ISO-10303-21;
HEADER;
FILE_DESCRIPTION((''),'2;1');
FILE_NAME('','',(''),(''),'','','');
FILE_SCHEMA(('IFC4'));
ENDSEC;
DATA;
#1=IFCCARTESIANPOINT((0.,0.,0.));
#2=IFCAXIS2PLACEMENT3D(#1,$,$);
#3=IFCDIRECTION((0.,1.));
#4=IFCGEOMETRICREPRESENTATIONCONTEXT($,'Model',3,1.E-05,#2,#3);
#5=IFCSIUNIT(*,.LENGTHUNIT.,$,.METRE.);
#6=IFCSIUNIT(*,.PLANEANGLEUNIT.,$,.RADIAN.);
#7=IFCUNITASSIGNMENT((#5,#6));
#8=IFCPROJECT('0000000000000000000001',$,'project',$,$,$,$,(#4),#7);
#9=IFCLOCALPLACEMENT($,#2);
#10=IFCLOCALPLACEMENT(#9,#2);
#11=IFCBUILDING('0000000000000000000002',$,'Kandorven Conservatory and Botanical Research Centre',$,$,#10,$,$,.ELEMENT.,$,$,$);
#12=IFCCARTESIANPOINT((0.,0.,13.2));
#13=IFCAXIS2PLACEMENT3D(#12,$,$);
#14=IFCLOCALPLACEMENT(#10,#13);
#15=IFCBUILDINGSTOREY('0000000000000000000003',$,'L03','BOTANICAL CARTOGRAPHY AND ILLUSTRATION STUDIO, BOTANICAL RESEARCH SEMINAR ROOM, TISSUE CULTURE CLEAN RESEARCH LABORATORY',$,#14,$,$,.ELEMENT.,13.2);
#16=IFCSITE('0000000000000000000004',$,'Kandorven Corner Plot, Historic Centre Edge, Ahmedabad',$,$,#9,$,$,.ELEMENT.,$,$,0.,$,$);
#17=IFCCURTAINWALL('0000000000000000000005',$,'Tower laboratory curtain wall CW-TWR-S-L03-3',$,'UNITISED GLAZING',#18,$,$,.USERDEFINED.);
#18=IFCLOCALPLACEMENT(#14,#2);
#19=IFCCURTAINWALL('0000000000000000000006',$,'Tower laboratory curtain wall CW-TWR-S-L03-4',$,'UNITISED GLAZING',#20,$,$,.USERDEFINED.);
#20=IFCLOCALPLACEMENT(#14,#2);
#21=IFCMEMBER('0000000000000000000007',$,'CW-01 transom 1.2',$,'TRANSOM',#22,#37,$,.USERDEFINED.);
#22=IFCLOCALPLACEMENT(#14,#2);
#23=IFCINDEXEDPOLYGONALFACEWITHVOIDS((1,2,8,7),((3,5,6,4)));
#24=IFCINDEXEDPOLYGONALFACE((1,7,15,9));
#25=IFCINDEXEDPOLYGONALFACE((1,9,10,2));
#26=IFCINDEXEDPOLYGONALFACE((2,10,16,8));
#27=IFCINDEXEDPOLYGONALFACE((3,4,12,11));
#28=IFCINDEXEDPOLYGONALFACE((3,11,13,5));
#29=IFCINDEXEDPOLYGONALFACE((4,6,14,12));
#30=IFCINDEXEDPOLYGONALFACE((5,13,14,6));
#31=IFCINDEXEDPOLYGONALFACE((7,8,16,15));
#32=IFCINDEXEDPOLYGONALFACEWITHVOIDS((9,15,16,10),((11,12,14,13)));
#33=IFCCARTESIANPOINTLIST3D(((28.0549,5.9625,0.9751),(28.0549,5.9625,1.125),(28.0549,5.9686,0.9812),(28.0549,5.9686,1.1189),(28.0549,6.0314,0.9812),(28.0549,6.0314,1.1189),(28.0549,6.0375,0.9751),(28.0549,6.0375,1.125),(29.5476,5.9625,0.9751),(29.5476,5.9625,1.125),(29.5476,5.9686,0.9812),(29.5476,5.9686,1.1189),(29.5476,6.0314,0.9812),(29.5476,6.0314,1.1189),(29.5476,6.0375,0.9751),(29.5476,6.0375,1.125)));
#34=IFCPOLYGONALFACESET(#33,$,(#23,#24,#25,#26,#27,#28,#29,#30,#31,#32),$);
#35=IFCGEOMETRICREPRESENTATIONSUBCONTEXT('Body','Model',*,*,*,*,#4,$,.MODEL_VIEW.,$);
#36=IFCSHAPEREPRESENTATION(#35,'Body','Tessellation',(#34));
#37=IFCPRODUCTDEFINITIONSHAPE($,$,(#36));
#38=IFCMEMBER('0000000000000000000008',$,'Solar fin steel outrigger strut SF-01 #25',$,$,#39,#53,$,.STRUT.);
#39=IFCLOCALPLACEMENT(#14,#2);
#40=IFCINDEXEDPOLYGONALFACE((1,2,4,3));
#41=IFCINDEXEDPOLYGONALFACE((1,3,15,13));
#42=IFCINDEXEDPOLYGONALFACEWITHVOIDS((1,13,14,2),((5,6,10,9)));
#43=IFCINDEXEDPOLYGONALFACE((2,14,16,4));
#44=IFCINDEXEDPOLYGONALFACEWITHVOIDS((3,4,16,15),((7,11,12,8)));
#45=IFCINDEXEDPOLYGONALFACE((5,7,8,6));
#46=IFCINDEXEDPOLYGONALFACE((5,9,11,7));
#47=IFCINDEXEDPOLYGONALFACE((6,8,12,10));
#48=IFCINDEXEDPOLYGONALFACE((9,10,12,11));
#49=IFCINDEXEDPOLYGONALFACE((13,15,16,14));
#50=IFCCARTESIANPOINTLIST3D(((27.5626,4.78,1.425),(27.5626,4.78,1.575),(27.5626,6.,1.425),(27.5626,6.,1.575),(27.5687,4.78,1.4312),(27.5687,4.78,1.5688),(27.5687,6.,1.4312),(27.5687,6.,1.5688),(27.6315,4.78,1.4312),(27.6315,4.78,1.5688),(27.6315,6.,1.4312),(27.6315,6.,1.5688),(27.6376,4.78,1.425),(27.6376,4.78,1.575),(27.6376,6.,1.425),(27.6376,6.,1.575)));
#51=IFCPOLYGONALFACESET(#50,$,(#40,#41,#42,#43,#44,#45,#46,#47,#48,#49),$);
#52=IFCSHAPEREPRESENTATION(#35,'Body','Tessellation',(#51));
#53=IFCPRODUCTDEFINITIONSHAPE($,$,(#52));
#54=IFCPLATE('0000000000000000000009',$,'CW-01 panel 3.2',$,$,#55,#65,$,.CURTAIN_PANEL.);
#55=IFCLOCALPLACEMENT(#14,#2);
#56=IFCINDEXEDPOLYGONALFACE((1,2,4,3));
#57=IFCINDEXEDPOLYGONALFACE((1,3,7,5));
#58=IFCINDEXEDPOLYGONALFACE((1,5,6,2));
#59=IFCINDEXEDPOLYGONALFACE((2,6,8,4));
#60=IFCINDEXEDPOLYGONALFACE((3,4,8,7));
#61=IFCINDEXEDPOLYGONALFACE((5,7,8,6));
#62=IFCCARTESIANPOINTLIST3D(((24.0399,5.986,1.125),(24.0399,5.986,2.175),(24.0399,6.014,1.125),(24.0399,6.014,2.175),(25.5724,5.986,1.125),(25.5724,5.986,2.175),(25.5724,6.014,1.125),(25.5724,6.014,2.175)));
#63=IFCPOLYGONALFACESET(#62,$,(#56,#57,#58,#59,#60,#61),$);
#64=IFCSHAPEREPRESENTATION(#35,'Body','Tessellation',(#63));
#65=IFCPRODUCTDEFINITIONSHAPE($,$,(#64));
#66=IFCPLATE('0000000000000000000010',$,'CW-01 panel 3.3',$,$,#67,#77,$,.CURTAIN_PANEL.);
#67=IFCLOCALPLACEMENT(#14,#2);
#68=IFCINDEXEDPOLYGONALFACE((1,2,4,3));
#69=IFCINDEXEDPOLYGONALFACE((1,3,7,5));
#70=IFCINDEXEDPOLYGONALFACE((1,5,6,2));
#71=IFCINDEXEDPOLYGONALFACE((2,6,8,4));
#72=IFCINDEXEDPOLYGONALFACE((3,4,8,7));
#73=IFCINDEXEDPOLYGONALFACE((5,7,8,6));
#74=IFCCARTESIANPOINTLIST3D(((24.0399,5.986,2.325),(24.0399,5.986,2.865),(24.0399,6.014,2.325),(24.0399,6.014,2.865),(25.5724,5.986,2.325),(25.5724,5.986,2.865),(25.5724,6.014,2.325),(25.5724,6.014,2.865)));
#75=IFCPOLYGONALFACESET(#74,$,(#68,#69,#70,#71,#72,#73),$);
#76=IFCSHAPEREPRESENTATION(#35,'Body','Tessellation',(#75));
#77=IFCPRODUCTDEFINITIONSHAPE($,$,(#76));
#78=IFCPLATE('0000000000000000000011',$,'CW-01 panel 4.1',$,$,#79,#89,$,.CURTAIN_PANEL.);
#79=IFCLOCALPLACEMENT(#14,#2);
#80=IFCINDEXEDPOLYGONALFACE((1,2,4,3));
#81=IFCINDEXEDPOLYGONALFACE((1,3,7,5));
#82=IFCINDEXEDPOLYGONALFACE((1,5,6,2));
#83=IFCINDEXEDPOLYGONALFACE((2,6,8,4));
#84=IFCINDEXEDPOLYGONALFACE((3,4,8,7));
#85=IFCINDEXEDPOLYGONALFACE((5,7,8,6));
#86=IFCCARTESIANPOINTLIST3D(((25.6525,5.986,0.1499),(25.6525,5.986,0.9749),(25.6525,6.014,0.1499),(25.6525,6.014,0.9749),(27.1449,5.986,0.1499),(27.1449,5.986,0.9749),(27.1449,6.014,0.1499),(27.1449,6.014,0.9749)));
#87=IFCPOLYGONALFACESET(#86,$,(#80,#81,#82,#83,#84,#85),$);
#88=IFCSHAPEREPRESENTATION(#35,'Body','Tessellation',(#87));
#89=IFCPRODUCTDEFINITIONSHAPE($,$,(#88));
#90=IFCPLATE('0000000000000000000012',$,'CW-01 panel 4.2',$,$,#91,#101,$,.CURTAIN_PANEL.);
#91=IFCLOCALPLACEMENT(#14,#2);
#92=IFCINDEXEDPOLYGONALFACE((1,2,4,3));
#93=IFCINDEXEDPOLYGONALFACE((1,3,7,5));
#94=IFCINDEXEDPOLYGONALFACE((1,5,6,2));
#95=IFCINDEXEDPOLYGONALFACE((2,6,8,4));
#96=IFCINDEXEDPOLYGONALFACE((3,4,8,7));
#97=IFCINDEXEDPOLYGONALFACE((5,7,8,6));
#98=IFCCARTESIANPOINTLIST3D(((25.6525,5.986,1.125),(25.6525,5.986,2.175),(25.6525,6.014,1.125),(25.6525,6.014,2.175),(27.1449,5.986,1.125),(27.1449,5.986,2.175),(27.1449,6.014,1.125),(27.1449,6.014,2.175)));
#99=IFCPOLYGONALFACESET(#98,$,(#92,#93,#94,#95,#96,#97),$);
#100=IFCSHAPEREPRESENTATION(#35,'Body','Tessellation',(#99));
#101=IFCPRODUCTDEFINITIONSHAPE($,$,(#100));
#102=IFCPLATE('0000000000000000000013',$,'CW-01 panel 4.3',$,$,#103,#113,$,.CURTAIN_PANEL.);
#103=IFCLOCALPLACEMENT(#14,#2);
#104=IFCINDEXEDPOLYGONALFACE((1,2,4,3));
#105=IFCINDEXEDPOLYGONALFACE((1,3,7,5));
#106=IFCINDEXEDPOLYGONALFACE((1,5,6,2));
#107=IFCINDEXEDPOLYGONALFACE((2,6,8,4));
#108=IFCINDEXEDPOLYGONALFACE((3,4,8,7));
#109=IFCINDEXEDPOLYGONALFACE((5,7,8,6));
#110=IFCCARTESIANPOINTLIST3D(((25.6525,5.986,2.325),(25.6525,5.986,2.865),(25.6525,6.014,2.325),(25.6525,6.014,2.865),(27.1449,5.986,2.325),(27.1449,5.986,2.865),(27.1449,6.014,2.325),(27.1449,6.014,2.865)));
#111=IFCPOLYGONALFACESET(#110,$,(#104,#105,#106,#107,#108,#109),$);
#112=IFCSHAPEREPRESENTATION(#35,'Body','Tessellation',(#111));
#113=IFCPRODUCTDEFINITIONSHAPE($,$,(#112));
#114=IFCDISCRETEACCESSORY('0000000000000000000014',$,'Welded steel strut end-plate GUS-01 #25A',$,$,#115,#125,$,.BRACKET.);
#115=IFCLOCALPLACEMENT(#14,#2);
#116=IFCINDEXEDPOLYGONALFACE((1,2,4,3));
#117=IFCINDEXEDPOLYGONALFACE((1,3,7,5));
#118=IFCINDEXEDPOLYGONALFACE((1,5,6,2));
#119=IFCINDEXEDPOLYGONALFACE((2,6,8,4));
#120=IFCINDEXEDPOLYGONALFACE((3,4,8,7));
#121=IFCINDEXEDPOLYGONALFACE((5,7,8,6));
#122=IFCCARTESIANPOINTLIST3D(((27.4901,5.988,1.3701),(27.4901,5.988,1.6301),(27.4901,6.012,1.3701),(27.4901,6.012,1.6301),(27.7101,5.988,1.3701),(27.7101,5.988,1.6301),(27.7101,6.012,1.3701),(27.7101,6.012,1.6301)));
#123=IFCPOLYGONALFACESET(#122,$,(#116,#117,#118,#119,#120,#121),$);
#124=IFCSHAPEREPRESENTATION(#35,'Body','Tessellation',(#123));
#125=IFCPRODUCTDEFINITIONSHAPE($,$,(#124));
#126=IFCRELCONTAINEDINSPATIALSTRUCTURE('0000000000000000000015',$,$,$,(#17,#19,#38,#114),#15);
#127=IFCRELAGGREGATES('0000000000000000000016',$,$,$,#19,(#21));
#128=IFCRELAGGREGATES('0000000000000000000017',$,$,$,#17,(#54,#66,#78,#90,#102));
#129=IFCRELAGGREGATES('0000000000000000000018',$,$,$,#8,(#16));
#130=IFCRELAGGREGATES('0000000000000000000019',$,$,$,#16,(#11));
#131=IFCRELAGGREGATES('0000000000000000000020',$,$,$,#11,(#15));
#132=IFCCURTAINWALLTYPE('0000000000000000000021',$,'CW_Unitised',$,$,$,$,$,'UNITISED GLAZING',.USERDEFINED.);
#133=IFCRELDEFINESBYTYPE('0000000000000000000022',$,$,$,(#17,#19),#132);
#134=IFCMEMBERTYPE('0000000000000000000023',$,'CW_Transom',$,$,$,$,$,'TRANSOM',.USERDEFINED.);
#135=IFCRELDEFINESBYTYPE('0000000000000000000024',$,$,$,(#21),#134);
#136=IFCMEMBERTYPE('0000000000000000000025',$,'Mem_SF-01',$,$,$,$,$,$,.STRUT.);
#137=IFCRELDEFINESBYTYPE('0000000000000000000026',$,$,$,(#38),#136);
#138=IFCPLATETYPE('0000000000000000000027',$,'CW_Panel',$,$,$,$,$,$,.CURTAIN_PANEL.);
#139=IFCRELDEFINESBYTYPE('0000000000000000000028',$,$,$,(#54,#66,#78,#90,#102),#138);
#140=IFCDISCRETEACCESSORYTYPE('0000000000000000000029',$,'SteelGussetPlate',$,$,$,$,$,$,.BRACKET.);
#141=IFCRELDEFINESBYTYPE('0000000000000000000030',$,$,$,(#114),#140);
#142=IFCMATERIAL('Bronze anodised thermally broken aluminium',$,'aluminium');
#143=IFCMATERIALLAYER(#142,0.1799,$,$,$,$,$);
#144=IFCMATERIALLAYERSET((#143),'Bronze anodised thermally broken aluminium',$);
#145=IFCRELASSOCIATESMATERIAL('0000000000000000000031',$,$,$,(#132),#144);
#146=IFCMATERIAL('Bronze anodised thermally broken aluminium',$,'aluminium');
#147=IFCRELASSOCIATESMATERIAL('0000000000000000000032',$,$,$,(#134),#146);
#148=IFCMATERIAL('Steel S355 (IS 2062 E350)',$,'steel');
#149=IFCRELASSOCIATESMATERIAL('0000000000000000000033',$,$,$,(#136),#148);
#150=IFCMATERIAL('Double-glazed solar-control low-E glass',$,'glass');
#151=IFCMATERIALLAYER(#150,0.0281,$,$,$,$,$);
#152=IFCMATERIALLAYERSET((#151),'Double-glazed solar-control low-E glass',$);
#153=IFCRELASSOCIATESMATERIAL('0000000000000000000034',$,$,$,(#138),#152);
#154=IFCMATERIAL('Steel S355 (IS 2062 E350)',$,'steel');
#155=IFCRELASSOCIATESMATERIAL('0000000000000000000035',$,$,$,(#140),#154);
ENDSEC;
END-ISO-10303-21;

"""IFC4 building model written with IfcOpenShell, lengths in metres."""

from ifc_helpers import new_model, si_unit, direction, frame, origin, origin_2d, place, context, subcontext, project, spatial, rectangle, hollow_rectangle, extrude, material, layer, layer_set, material_profile, profile_set, type_object, element, aggregate, save


model = new_model("IFC4")

# Units and contexts
model_context = context("Model", 3, precision=1e-05, world=origin(), true_north=direction((0.0, 1.0)))
body_context = subcontext(model_context, "Body", "Model", "MODEL_VIEW")
ifc_project = project(units=[si_unit("LENGTHUNIT", "METRE"), si_unit("PLANEANGLEUNIT", "RADIAN")], contexts=[model_context])

# Site, building, storey
site_placement = place(None, origin())
site = spatial("IfcSite", under=ifc_project, at=site_placement, Name="Kandorven Corner Plot, Historic Centre Edge, Ahmedabad", CompositionType="ELEMENT", RefElevation=0.0)
building_placement = place(site_placement, origin())
building = spatial("IfcBuilding", under=site, at=building_placement, Name="Kandorven Conservatory and Botanical Research Centre", CompositionType="ELEMENT")
storey_placement = place(building_placement, frame((0.0, 0.0, 13.2)))
storey = spatial("IfcBuildingStorey", under=building, at=storey_placement, Name="L03", Description="BOTANICAL CARTOGRAPHY AND ILLUSTRATION STUDIO, BOTANICAL RESEARCH SEMINAR ROOM, TISSUE CULTURE CLEAN RESEARCH LABORATORY", CompositionType="ELEMENT", Elevation=13.2)

# Curtain wall
ifc_material_1 = material(Name="Bronze anodised thermally broken aluminium", Category="aluminium")
ifc_layer_1 = layer(ifc_material_1, 0.1799)
ifc_layer_set_1 = layer_set([ifc_layer_1], Name="Bronze anodised thermally broken aluminium")
curtain_wall_type = type_object("IfcCurtainWallType", Name="CW_Unitised", ElementType="UNITISED GLAZING", PredefinedType="USERDEFINED", material=ifc_layer_set_1)
curtain_wall_1_placement = place(storey_placement, origin())
curtain_wall_1 = element("IfcCurtainWall", 1, at=curtain_wall_1_placement, inside=storey, type_object=curtain_wall_type, Name="Tower laboratory curtain wall CW-TWR-S-L03-3", ObjectType="UNITISED GLAZING", PredefinedType="USERDEFINED")

# Curtain wall
curtain_wall_2_placement = place(storey_placement, origin())
curtain_wall_2 = element("IfcCurtainWall", 2, at=curtain_wall_2_placement, inside=storey, type_object=curtain_wall_type, Name="Tower laboratory curtain wall CW-TWR-S-L03-4", ObjectType="UNITISED GLAZING", PredefinedType="USERDEFINED")

# Members
ifc_material_2 = material(Name="Bronze anodised thermally broken aluminium", Category="aluminium")
ifc_material_profile_1 = material_profile(ifc_material_2, hollow_rectangle(XDim=0.075, YDim=0.1499, WallThickness=0.0061, at=origin_2d()))
ifc_profile_set_1 = profile_set([ifc_material_profile_1], Name="Bronze anodised thermally broken aluminium")
member_type_1 = type_object("IfcMemberType", Name="CW_Transom", ElementType="TRANSOM", PredefinedType="USERDEFINED", material=ifc_profile_set_1)
member_1_placement = place(storey_placement, frame((28.0549, 6.0, 1.05), z_axis=(1.0, 0.0, 0.0), x_axis=(0.0, 1.0, 0.0)))
member_1 = element("IfcMember", 3, at=member_1_placement, type_object=member_type_1, Name="CW-01 transom 1.2", ObjectType="TRANSOM", PredefinedType="USERDEFINED", context=body_context, shape_type="SweptSolid", body=[
    extrude(hollow_rectangle(XDim=0.075, YDim=0.1499, WallThickness=0.0061, at=origin_2d()), origin(), (0.0, 0.0, 1.0), 1.4927),
])
aggregate(curtain_wall_2, [member_1])
ifc_material_3 = material(Name="Steel S355 (IS 2062 E350)", Category="steel")
ifc_material_profile_2 = material_profile(ifc_material_3, hollow_rectangle(XDim=0.075, YDim=0.1499, WallThickness=0.0061, at=origin_2d()))
ifc_profile_set_2 = profile_set([ifc_material_profile_2], Name="Steel S355 (IS 2062 E350)")
member_type_2 = type_object("IfcMemberType", Name="Mem_SF-01", PredefinedType="STRUT", material=ifc_profile_set_2)
member_2_placement = place(storey_placement, frame((27.6001, 6.0, 1.5), z_axis=(0.0, -1.0, 0.0), x_axis=(1.0, 0.0, 0.0)))
element("IfcMember", 4, at=member_2_placement, inside=storey, type_object=member_type_2, Name="Solar fin steel outrigger strut SF-01 #25", PredefinedType="STRUT", context=body_context, shape_type="SweptSolid", body=[
    extrude(hollow_rectangle(XDim=0.075, YDim=0.1499, WallThickness=0.0061, at=origin_2d()), origin(), (0.0, 0.0, 1.0), 1.22),
])

# Plates
ifc_material_4 = material(Name="Double-glazed solar-control low-E glass", Category="glass")
ifc_layer_2 = layer(ifc_material_4, 0.0281)
ifc_layer_set_2 = layer_set([ifc_layer_2], Name="Double-glazed solar-control low-E glass")
plate_type = type_object("IfcPlateType", Name="CW_Panel", PredefinedType="CURTAIN_PANEL", material=ifc_layer_set_2)
plate_1_placement = place(storey_placement, frame((24.8062, 6.0, 1.125), z_axis=(0.0, 0.0, 1.0), x_axis=(1.0, 0.0, 0.0)))
plate_1 = element("IfcPlate", 5, at=plate_1_placement, type_object=plate_type, Name="CW-01 panel 3.2", PredefinedType="CURTAIN_PANEL", context=body_context, shape_type="SweptSolid", body=[
    extrude(rectangle(XDim=1.5325, YDim=0.0281, at=origin_2d()), origin(), (0.0, 0.0, 1.0), 1.05),
])
plate_2_placement = place(storey_placement, frame((24.8062, 6.0, 2.325), z_axis=(0.0, 0.0, 1.0), x_axis=(1.0, 0.0, 0.0)))
plate_2 = element("IfcPlate", 6, at=plate_2_placement, type_object=plate_type, Name="CW-01 panel 3.3", PredefinedType="CURTAIN_PANEL", context=body_context, shape_type="SweptSolid", body=[
    extrude(rectangle(XDim=1.5325, YDim=0.0281, at=origin_2d()), origin(), (0.0, 0.0, 1.0), 0.54),
])
plate_3_placement = place(storey_placement, frame((26.3987, 6.0, 0.1499), z_axis=(0.0, 0.0, 1.0), x_axis=(1.0, 0.0, 0.0)))
plate_3 = element("IfcPlate", 7, at=plate_3_placement, type_object=plate_type, Name="CW-01 panel 4.1", PredefinedType="CURTAIN_PANEL", context=body_context, shape_type="SweptSolid", body=[
    extrude(rectangle(XDim=1.4924, YDim=0.0281, at=origin_2d()), origin(), (0.0, 0.0, 1.0), 0.825),
])
plate_4_placement = place(storey_placement, frame((26.3987, 6.0, 1.125), z_axis=(0.0, 0.0, 1.0), x_axis=(1.0, 0.0, 0.0)))
plate_4 = element("IfcPlate", 8, at=plate_4_placement, type_object=plate_type, Name="CW-01 panel 4.2", PredefinedType="CURTAIN_PANEL", context=body_context, shape_type="SweptSolid", body=[
    extrude(rectangle(XDim=1.4924, YDim=0.0281, at=origin_2d()), origin(), (0.0, 0.0, 1.0), 1.05),
])
plate_5_placement = place(storey_placement, frame((26.3987, 6.0, 2.325), z_axis=(0.0, 0.0, 1.0), x_axis=(1.0, 0.0, 0.0)))
plate_5 = element("IfcPlate", 9, at=plate_5_placement, type_object=plate_type, Name="CW-01 panel 4.3", PredefinedType="CURTAIN_PANEL", context=body_context, shape_type="SweptSolid", body=[
    extrude(rectangle(XDim=1.4924, YDim=0.0281, at=origin_2d()), origin(), (0.0, 0.0, 1.0), 0.54),
])
aggregate(curtain_wall_1, [plate_1, plate_2, plate_3, plate_4, plate_5])

# Discrete accessory
ifc_material_5 = material(Name="Steel S355 (IS 2062 E350)", Category="steel")
discrete_accessory_type = type_object("IfcDiscreteAccessoryType", Name="SteelGussetPlate", PredefinedType="BRACKET", material=ifc_material_5)
discrete_accessory_placement = place(storey_placement, frame((27.6001, 6.0, 1.3701), z_axis=(0.0, 0.0, 1.0), x_axis=(1.0, 0.0, 0.0)))
element("IfcDiscreteAccessory", 10, at=discrete_accessory_placement, inside=storey, type_object=discrete_accessory_type, Name="Welded steel strut end-plate GUS-01 #25A", PredefinedType="BRACKET", context=body_context, shape_type="SweptSolid", body=[
    extrude(rectangle(XDim=0.22, YDim=0.0239, at=origin_2d()), origin(), (0.0, 0.0, 1.0), 0.26),
])

save(model, "model.ifc")
